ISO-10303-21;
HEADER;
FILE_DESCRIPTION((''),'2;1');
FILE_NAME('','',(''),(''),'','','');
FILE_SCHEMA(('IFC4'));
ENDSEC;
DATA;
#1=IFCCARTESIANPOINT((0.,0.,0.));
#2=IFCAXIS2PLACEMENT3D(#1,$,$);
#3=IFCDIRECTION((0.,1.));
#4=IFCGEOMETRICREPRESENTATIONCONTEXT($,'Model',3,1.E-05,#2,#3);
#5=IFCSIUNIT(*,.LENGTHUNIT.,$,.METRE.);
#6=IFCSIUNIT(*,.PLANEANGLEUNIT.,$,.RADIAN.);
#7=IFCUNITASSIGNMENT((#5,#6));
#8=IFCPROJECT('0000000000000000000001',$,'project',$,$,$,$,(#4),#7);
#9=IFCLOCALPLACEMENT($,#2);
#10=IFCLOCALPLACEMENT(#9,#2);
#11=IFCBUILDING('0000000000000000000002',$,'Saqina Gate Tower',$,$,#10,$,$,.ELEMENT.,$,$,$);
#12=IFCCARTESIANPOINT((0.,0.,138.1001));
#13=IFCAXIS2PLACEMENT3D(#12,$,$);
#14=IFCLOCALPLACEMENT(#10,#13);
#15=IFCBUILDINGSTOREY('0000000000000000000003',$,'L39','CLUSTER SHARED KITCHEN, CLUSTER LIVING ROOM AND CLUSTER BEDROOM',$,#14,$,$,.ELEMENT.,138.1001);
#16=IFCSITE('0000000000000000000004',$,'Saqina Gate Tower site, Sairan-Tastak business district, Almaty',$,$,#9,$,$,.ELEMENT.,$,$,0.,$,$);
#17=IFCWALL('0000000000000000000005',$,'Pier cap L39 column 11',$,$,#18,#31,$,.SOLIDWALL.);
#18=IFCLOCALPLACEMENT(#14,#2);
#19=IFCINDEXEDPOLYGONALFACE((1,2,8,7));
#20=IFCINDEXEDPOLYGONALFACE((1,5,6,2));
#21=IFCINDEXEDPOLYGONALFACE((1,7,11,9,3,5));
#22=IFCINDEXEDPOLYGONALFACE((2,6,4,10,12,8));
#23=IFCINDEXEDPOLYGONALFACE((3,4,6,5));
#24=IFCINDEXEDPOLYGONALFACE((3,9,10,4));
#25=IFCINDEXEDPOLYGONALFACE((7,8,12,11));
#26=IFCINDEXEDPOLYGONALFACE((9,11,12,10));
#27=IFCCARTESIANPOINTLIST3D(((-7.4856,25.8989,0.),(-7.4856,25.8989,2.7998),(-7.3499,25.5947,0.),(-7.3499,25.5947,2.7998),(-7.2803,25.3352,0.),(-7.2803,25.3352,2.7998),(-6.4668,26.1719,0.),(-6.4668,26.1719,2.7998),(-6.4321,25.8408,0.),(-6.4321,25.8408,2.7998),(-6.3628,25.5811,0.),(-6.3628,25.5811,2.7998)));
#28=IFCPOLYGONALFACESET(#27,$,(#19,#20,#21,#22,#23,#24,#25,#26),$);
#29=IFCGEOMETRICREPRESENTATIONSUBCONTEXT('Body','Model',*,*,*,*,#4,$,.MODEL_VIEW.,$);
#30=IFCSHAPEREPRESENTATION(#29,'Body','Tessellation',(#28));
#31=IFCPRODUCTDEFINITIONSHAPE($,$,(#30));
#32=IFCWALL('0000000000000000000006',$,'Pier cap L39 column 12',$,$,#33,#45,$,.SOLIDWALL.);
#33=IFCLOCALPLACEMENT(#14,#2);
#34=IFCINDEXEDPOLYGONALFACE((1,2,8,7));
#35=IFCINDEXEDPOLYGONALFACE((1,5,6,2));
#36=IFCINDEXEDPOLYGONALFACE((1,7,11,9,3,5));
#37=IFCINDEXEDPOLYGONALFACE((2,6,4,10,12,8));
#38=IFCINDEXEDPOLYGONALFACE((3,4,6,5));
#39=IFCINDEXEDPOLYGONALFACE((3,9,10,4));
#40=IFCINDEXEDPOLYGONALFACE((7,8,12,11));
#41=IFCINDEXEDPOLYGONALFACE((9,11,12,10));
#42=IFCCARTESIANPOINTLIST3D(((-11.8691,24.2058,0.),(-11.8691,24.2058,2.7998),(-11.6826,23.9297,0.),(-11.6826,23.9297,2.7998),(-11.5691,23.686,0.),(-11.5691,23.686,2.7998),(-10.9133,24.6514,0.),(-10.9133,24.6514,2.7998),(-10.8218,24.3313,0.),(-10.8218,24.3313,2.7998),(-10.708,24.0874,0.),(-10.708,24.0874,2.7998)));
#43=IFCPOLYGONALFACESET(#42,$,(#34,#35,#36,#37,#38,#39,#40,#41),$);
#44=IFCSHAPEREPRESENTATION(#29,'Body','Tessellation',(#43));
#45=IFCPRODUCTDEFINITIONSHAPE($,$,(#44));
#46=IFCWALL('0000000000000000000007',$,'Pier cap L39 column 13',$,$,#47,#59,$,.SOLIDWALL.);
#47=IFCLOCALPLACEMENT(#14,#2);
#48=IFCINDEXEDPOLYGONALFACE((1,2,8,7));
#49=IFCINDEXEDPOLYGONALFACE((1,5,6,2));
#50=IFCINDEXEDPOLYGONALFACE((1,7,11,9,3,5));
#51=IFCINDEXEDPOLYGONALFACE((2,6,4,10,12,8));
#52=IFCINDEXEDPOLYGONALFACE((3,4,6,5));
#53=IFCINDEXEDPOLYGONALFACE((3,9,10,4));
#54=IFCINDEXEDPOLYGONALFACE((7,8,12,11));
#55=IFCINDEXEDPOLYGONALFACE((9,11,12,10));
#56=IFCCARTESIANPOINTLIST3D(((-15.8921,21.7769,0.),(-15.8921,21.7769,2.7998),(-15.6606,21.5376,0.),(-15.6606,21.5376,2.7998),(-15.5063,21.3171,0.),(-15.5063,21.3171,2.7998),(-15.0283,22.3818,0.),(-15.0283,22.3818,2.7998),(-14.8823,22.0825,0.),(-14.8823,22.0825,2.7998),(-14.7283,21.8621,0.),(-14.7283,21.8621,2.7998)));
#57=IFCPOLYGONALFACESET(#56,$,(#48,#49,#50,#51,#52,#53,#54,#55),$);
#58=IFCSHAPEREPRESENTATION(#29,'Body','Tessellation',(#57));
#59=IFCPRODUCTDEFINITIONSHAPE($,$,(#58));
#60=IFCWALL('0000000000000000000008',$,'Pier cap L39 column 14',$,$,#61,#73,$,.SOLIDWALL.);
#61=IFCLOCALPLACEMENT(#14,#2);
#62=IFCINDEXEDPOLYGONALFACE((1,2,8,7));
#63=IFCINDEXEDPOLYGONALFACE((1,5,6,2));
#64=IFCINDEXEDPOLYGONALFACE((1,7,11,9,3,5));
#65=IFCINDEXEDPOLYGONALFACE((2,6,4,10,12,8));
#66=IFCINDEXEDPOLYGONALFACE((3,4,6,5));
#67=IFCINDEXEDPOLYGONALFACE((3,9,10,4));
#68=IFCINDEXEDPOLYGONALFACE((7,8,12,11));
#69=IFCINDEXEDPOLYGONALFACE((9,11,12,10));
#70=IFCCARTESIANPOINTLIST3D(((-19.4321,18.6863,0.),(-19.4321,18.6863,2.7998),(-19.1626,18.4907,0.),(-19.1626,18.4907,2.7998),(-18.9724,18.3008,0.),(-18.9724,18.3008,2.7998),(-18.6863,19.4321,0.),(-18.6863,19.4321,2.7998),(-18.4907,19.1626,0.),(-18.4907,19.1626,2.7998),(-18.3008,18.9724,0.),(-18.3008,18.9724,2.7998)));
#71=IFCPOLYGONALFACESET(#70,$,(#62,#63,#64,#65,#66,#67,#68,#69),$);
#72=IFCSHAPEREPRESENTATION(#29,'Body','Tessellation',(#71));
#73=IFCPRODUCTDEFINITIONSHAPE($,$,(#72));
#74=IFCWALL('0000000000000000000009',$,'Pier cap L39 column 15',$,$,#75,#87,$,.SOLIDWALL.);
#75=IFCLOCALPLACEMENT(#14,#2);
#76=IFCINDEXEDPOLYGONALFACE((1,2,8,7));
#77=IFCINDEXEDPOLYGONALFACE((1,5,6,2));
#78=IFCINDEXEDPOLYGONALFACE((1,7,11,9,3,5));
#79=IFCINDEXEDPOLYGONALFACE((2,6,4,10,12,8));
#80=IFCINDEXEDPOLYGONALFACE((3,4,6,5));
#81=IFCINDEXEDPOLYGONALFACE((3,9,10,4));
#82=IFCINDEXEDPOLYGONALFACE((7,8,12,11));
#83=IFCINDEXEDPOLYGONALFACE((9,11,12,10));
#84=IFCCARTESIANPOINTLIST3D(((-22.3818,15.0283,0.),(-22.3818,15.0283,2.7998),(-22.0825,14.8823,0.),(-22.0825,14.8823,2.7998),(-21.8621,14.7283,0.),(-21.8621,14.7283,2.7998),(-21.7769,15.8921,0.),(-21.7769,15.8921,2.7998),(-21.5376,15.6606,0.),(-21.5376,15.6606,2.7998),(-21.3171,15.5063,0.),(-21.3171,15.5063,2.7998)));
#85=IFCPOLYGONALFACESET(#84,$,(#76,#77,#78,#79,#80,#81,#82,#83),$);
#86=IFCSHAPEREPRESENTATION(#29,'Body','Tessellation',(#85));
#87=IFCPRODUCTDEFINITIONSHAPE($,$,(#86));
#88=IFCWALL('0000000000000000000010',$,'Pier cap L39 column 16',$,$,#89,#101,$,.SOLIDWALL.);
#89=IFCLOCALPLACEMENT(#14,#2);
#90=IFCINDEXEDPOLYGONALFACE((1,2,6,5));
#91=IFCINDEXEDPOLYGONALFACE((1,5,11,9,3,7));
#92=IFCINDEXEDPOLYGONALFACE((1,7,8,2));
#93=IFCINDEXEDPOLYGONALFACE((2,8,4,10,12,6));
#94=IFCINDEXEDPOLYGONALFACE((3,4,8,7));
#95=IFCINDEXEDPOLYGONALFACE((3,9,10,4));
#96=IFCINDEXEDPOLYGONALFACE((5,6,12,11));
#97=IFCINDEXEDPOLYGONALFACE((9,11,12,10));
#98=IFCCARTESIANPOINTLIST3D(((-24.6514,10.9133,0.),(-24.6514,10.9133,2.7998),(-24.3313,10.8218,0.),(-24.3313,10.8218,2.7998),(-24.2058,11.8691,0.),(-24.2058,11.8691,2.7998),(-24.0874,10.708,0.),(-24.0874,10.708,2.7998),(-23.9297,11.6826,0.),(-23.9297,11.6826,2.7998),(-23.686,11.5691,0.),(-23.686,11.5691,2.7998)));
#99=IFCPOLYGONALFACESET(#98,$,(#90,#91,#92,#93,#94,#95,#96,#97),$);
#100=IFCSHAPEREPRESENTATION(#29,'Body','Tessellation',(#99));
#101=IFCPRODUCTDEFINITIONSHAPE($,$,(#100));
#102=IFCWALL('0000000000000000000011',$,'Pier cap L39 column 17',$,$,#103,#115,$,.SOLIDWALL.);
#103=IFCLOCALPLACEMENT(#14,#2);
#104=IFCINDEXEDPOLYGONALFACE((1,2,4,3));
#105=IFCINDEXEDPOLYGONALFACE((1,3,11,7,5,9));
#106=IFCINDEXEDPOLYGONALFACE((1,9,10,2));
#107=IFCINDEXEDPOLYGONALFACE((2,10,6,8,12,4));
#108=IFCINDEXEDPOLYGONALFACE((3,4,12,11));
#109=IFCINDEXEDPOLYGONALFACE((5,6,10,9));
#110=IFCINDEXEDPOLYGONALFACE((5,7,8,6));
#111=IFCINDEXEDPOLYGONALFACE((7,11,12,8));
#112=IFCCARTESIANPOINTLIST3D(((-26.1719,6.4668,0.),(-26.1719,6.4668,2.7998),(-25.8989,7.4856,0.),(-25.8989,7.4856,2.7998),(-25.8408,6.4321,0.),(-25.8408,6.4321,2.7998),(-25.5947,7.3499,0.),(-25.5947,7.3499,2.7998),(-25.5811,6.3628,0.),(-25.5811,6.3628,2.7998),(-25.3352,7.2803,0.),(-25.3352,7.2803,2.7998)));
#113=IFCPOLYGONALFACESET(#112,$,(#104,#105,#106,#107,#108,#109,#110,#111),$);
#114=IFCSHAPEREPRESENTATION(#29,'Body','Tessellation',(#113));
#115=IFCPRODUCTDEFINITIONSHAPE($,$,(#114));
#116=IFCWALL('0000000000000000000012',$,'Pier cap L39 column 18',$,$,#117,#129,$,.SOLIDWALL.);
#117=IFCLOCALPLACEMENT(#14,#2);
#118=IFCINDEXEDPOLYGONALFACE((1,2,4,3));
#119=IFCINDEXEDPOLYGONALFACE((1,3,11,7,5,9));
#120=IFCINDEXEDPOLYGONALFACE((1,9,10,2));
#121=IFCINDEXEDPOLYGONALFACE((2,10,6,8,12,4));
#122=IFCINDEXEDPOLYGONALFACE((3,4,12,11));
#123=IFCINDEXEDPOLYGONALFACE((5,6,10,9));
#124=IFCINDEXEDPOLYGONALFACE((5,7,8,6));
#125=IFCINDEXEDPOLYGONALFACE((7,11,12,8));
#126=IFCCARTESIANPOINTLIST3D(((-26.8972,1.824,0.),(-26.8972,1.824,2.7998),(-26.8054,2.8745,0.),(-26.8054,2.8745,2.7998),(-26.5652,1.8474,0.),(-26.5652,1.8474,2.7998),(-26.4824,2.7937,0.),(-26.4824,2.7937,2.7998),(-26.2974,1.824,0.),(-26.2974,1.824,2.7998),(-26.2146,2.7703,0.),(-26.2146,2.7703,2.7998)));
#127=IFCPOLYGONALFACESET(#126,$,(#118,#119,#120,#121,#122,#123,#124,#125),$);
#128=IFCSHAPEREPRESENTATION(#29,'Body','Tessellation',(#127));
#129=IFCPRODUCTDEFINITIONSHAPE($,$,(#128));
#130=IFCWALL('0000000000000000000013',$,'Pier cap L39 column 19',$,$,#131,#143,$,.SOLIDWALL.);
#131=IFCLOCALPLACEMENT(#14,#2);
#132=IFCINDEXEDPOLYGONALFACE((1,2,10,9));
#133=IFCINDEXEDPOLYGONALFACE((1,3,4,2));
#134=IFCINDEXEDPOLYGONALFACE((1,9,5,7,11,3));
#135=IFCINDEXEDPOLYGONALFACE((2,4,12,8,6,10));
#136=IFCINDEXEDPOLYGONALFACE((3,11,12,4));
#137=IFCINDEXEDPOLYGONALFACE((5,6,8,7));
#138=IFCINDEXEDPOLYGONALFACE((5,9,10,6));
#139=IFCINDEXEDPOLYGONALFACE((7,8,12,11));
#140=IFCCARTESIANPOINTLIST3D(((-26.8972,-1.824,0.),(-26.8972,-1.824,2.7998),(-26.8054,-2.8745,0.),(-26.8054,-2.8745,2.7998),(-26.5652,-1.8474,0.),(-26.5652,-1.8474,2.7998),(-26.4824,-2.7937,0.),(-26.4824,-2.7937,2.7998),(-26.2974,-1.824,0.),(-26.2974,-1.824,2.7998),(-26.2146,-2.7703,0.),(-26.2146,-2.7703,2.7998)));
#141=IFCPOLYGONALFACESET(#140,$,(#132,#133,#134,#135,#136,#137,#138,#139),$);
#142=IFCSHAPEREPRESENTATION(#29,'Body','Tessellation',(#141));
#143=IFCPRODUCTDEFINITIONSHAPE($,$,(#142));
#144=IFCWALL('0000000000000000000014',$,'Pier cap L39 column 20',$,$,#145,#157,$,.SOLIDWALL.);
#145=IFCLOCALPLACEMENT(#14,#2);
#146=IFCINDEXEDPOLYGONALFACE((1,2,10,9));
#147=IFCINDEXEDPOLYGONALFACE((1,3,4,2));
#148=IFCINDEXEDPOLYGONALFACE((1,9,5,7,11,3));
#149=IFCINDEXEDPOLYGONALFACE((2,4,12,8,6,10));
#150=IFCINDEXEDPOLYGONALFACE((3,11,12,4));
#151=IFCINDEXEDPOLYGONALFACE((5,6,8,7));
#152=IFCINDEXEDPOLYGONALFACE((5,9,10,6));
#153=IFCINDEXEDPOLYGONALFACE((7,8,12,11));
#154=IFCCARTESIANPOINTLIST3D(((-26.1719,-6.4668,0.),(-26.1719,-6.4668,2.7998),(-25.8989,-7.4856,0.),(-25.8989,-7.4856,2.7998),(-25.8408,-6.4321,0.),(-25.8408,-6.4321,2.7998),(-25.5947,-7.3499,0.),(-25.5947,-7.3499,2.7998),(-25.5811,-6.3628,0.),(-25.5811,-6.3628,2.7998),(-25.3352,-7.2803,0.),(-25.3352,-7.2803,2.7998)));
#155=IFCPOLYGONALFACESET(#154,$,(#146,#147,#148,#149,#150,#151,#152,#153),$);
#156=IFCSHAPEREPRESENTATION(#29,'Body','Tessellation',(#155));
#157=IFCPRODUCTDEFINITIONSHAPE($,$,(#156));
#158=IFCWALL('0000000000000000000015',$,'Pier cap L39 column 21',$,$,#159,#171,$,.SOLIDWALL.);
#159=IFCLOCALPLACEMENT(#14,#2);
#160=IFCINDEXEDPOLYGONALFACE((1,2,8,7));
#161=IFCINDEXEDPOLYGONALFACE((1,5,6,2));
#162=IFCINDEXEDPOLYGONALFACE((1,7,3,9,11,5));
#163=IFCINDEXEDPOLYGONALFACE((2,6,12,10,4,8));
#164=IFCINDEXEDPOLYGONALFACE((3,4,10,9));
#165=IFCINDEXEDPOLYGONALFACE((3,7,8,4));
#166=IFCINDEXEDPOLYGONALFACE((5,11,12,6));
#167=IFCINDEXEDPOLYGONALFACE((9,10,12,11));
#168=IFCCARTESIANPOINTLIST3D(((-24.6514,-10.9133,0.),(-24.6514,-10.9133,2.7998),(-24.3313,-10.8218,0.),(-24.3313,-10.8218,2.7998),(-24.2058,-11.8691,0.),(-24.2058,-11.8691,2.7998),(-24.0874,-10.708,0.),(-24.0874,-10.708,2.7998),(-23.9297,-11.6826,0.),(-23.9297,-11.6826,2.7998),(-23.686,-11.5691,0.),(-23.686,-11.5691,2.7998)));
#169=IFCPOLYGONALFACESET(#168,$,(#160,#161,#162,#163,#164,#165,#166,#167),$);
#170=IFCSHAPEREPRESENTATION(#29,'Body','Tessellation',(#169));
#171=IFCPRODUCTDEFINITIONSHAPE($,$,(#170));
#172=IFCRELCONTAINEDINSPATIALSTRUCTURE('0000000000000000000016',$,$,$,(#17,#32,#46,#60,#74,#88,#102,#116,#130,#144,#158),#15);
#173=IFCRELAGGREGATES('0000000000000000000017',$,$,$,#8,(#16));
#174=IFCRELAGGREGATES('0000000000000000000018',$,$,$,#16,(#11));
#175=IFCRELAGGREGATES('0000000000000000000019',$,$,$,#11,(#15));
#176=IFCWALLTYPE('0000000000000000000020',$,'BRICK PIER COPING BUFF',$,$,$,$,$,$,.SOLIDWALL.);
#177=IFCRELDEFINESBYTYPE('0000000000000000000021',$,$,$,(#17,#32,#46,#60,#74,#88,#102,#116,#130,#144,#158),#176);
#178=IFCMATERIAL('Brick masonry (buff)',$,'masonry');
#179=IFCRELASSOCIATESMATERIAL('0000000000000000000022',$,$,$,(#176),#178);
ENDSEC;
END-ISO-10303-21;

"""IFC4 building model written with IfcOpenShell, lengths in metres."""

from ifc_helpers import new_model, si_unit, direction, frame, origin, place, context, subcontext, project, spatial, polyline, outline, extrude, material, type_object, element, save


model = new_model("IFC4")

# Units and contexts
model_context = context("Model", 3, precision=1e-05, world=origin(), true_north=direction((0.0, 1.0)))
body_context = subcontext(model_context, "Body", "Model", "MODEL_VIEW")
ifc_project = project(units=[si_unit("LENGTHUNIT", "METRE"), si_unit("PLANEANGLEUNIT", "RADIAN")], contexts=[model_context])

# Site, building, storey
site_placement = place(None, origin())
site = spatial("IfcSite", under=ifc_project, at=site_placement, Name="Saqina Gate Tower site, Sairan-Tastak business district, Almaty", CompositionType="ELEMENT", RefElevation=0.0)
building_placement = place(site_placement, origin())
building = spatial("IfcBuilding", under=site, at=building_placement, Name="Saqina Gate Tower", CompositionType="ELEMENT")
storey_placement = place(building_placement, frame((0.0, 0.0, 138.1001)))
storey = spatial("IfcBuildingStorey", under=building, at=storey_placement, Name="L39", Description="CLUSTER SHARED KITCHEN, CLUSTER LIVING ROOM AND CLUSTER BEDROOM", CompositionType="ELEMENT", Elevation=138.1001)

# Walls
ifc_material_1 = material(Name="Brick masonry (buff)", Category="masonry")
wall_type_1 = type_object("IfcWallType", Name="BRICK PIER COPING BUFF", PredefinedType="SOLIDWALL", material=ifc_material_1)
wall_1_placement = place(storey_placement, origin())
element("IfcWall", 1, at=wall_1_placement, inside=storey, type_object=wall_type_1, Name="Pier cap L39 column 11", PredefinedType="SOLIDWALL", context=body_context, shape_type="SweptSolid", body=[
    extrude(outline(polyline([(-6.4668, 26.1719), (-7.4856, 25.8989), (-7.2803, 25.3352), (-7.3499, 25.5947), (-6.4321, 25.8408), (-6.3628, 25.5811), (-6.4668, 26.1719)])), origin(), (0.0, 0.0, 1.0), 2.7998),
])
wall_2_placement = place(storey_placement, origin())
element("IfcWall", 2, at=wall_2_placement, inside=storey, type_object=wall_type_1, Name="Pier cap L39 column 12", PredefinedType="SOLIDWALL", context=body_context, shape_type="SweptSolid", body=[
    extrude(outline(polyline([(-10.9133, 24.6514), (-11.8691, 24.2058), (-11.5691, 23.686), (-11.6826, 23.9297), (-10.8218, 24.3313), (-10.708, 24.0874), (-10.9133, 24.6514)])), origin(), (0.0, 0.0, 1.0), 2.7998),
])
wall_3_placement = place(storey_placement, origin())
element("IfcWall", 3, at=wall_3_placement, inside=storey, type_object=wall_type_1, Name="Pier cap L39 column 13", PredefinedType="SOLIDWALL", context=body_context, shape_type="SweptSolid", body=[
    extrude(outline(polyline([(-15.8921, 21.7769), (-15.5063, 21.3171), (-15.6606, 21.5376), (-14.8823, 22.0825), (-14.7283, 21.8621), (-15.0283, 22.3818), (-15.8921, 21.7769)])), origin(), (0.0, 0.0, 1.0), 2.7998),
])
wall_4_placement = place(storey_placement, origin())
element("IfcWall", 4, at=wall_4_placement, inside=storey, type_object=wall_type_1, Name="Pier cap L39 column 14", PredefinedType="SOLIDWALL", context=body_context, shape_type="SweptSolid", body=[
    extrude(outline(polyline([(-18.6863, 19.4321), (-19.4321, 18.6863), (-18.9724, 18.3008), (-19.1626, 18.4907), (-18.4907, 19.1626), (-18.3008, 18.9724), (-18.6863, 19.4321)])), origin(), (0.0, 0.0, 1.0), 2.7998),
])
wall_5_placement = place(storey_placement, origin())
element("IfcWall", 5, at=wall_5_placement, inside=storey, type_object=wall_type_1, Name="Pier cap L39 column 15", PredefinedType="SOLIDWALL", context=body_context, shape_type="SweptSolid", body=[
    extrude(outline(polyline([(-22.3818, 15.0283), (-21.8621, 14.7283), (-22.0825, 14.8823), (-21.5376, 15.6606), (-21.3171, 15.5063), (-21.7769, 15.8921), (-22.3818, 15.0283)])), origin(), (0.0, 0.0, 1.0), 2.7998),
])
wall_6_placement = place(storey_placement, origin())
element("IfcWall", 6, at=wall_6_placement, inside=storey, type_object=wall_type_1, Name="Pier cap L39 column 16", PredefinedType="SOLIDWALL", context=body_context, shape_type="SweptSolid", body=[
    extrude(outline(polyline([(-24.6514, 10.9133), (-24.0874, 10.708), (-24.3313, 10.8218), (-23.9297, 11.6826), (-23.686, 11.5691), (-24.2058, 11.8691), (-24.6514, 10.9133)])), origin(), (0.0, 0.0, 1.0), 2.7998),
])
wall_7_placement = place(storey_placement, origin())
element("IfcWall", 7, at=wall_7_placement, inside=storey, type_object=wall_type_1, Name="Pier cap L39 column 17", PredefinedType="SOLIDWALL", context=body_context, shape_type="SweptSolid", body=[
    extrude(outline(polyline([(-25.8989, 7.4856), (-26.1719, 6.4668), (-25.5811, 6.3628), (-25.8408, 6.4321), (-25.5947, 7.3499), (-25.3352, 7.2803), (-25.8989, 7.4856)])), origin(), (0.0, 0.0, 1.0), 2.7998),
])
wall_8_placement = place(storey_placement, origin())
element("IfcWall", 8, at=wall_8_placement, inside=storey, type_object=wall_type_1, Name="Pier cap L39 column 18", PredefinedType="SOLIDWALL", context=body_context, shape_type="SweptSolid", body=[
    extrude(outline(polyline([(-26.8054, 2.8745), (-26.8972, 1.824), (-26.2974, 1.824), (-26.5652, 1.8474), (-26.4824, 2.7937), (-26.2146, 2.7703), (-26.8054, 2.8745)])), origin(), (0.0, 0.0, 1.0), 2.7998),
])
wall_9_placement = place(storey_placement, origin())
element("IfcWall", 9, at=wall_9_placement, inside=storey, type_object=wall_type_1, Name="Pier cap L39 column 19", PredefinedType="SOLIDWALL", context=body_context, shape_type="SweptSolid", body=[
    extrude(outline(polyline([(-26.8054, -2.8745), (-26.2146, -2.7703), (-26.4824, -2.7937), (-26.5652, -1.8474), (-26.2974, -1.824), (-26.8972, -1.824), (-26.8054, -2.8745)])), origin(), (0.0, 0.0, 1.0), 2.7998),
])
wall_10_placement = place(storey_placement, origin())
element("IfcWall", 10, at=wall_10_placement, inside=storey, type_object=wall_type_1, Name="Pier cap L39 column 20", PredefinedType="SOLIDWALL", context=body_context, shape_type="SweptSolid", body=[
    extrude(outline(polyline([(-26.1719, -6.4668), (-25.8989, -7.4856), (-25.3352, -7.2803), (-25.5947, -7.3499), (-25.8408, -6.4321), (-25.5811, -6.3628), (-26.1719, -6.4668)])), origin(), (0.0, 0.0, 1.0), 2.7998),
])
wall_11_placement = place(storey_placement, origin())
element("IfcWall", 11, at=wall_11_placement, inside=storey, type_object=wall_type_1, Name="Pier cap L39 column 21", PredefinedType="SOLIDWALL", context=body_context, shape_type="SweptSolid", body=[
    extrude(outline(polyline([(-24.6514, -10.9133), (-24.2058, -11.8691), (-23.686, -11.5691), (-23.9297, -11.6826), (-24.3313, -10.8218), (-24.0874, -10.708), (-24.6514, -10.9133)])), origin(), (0.0, 0.0, 1.0), 2.7998),
])

save(model, "model.ifc")
